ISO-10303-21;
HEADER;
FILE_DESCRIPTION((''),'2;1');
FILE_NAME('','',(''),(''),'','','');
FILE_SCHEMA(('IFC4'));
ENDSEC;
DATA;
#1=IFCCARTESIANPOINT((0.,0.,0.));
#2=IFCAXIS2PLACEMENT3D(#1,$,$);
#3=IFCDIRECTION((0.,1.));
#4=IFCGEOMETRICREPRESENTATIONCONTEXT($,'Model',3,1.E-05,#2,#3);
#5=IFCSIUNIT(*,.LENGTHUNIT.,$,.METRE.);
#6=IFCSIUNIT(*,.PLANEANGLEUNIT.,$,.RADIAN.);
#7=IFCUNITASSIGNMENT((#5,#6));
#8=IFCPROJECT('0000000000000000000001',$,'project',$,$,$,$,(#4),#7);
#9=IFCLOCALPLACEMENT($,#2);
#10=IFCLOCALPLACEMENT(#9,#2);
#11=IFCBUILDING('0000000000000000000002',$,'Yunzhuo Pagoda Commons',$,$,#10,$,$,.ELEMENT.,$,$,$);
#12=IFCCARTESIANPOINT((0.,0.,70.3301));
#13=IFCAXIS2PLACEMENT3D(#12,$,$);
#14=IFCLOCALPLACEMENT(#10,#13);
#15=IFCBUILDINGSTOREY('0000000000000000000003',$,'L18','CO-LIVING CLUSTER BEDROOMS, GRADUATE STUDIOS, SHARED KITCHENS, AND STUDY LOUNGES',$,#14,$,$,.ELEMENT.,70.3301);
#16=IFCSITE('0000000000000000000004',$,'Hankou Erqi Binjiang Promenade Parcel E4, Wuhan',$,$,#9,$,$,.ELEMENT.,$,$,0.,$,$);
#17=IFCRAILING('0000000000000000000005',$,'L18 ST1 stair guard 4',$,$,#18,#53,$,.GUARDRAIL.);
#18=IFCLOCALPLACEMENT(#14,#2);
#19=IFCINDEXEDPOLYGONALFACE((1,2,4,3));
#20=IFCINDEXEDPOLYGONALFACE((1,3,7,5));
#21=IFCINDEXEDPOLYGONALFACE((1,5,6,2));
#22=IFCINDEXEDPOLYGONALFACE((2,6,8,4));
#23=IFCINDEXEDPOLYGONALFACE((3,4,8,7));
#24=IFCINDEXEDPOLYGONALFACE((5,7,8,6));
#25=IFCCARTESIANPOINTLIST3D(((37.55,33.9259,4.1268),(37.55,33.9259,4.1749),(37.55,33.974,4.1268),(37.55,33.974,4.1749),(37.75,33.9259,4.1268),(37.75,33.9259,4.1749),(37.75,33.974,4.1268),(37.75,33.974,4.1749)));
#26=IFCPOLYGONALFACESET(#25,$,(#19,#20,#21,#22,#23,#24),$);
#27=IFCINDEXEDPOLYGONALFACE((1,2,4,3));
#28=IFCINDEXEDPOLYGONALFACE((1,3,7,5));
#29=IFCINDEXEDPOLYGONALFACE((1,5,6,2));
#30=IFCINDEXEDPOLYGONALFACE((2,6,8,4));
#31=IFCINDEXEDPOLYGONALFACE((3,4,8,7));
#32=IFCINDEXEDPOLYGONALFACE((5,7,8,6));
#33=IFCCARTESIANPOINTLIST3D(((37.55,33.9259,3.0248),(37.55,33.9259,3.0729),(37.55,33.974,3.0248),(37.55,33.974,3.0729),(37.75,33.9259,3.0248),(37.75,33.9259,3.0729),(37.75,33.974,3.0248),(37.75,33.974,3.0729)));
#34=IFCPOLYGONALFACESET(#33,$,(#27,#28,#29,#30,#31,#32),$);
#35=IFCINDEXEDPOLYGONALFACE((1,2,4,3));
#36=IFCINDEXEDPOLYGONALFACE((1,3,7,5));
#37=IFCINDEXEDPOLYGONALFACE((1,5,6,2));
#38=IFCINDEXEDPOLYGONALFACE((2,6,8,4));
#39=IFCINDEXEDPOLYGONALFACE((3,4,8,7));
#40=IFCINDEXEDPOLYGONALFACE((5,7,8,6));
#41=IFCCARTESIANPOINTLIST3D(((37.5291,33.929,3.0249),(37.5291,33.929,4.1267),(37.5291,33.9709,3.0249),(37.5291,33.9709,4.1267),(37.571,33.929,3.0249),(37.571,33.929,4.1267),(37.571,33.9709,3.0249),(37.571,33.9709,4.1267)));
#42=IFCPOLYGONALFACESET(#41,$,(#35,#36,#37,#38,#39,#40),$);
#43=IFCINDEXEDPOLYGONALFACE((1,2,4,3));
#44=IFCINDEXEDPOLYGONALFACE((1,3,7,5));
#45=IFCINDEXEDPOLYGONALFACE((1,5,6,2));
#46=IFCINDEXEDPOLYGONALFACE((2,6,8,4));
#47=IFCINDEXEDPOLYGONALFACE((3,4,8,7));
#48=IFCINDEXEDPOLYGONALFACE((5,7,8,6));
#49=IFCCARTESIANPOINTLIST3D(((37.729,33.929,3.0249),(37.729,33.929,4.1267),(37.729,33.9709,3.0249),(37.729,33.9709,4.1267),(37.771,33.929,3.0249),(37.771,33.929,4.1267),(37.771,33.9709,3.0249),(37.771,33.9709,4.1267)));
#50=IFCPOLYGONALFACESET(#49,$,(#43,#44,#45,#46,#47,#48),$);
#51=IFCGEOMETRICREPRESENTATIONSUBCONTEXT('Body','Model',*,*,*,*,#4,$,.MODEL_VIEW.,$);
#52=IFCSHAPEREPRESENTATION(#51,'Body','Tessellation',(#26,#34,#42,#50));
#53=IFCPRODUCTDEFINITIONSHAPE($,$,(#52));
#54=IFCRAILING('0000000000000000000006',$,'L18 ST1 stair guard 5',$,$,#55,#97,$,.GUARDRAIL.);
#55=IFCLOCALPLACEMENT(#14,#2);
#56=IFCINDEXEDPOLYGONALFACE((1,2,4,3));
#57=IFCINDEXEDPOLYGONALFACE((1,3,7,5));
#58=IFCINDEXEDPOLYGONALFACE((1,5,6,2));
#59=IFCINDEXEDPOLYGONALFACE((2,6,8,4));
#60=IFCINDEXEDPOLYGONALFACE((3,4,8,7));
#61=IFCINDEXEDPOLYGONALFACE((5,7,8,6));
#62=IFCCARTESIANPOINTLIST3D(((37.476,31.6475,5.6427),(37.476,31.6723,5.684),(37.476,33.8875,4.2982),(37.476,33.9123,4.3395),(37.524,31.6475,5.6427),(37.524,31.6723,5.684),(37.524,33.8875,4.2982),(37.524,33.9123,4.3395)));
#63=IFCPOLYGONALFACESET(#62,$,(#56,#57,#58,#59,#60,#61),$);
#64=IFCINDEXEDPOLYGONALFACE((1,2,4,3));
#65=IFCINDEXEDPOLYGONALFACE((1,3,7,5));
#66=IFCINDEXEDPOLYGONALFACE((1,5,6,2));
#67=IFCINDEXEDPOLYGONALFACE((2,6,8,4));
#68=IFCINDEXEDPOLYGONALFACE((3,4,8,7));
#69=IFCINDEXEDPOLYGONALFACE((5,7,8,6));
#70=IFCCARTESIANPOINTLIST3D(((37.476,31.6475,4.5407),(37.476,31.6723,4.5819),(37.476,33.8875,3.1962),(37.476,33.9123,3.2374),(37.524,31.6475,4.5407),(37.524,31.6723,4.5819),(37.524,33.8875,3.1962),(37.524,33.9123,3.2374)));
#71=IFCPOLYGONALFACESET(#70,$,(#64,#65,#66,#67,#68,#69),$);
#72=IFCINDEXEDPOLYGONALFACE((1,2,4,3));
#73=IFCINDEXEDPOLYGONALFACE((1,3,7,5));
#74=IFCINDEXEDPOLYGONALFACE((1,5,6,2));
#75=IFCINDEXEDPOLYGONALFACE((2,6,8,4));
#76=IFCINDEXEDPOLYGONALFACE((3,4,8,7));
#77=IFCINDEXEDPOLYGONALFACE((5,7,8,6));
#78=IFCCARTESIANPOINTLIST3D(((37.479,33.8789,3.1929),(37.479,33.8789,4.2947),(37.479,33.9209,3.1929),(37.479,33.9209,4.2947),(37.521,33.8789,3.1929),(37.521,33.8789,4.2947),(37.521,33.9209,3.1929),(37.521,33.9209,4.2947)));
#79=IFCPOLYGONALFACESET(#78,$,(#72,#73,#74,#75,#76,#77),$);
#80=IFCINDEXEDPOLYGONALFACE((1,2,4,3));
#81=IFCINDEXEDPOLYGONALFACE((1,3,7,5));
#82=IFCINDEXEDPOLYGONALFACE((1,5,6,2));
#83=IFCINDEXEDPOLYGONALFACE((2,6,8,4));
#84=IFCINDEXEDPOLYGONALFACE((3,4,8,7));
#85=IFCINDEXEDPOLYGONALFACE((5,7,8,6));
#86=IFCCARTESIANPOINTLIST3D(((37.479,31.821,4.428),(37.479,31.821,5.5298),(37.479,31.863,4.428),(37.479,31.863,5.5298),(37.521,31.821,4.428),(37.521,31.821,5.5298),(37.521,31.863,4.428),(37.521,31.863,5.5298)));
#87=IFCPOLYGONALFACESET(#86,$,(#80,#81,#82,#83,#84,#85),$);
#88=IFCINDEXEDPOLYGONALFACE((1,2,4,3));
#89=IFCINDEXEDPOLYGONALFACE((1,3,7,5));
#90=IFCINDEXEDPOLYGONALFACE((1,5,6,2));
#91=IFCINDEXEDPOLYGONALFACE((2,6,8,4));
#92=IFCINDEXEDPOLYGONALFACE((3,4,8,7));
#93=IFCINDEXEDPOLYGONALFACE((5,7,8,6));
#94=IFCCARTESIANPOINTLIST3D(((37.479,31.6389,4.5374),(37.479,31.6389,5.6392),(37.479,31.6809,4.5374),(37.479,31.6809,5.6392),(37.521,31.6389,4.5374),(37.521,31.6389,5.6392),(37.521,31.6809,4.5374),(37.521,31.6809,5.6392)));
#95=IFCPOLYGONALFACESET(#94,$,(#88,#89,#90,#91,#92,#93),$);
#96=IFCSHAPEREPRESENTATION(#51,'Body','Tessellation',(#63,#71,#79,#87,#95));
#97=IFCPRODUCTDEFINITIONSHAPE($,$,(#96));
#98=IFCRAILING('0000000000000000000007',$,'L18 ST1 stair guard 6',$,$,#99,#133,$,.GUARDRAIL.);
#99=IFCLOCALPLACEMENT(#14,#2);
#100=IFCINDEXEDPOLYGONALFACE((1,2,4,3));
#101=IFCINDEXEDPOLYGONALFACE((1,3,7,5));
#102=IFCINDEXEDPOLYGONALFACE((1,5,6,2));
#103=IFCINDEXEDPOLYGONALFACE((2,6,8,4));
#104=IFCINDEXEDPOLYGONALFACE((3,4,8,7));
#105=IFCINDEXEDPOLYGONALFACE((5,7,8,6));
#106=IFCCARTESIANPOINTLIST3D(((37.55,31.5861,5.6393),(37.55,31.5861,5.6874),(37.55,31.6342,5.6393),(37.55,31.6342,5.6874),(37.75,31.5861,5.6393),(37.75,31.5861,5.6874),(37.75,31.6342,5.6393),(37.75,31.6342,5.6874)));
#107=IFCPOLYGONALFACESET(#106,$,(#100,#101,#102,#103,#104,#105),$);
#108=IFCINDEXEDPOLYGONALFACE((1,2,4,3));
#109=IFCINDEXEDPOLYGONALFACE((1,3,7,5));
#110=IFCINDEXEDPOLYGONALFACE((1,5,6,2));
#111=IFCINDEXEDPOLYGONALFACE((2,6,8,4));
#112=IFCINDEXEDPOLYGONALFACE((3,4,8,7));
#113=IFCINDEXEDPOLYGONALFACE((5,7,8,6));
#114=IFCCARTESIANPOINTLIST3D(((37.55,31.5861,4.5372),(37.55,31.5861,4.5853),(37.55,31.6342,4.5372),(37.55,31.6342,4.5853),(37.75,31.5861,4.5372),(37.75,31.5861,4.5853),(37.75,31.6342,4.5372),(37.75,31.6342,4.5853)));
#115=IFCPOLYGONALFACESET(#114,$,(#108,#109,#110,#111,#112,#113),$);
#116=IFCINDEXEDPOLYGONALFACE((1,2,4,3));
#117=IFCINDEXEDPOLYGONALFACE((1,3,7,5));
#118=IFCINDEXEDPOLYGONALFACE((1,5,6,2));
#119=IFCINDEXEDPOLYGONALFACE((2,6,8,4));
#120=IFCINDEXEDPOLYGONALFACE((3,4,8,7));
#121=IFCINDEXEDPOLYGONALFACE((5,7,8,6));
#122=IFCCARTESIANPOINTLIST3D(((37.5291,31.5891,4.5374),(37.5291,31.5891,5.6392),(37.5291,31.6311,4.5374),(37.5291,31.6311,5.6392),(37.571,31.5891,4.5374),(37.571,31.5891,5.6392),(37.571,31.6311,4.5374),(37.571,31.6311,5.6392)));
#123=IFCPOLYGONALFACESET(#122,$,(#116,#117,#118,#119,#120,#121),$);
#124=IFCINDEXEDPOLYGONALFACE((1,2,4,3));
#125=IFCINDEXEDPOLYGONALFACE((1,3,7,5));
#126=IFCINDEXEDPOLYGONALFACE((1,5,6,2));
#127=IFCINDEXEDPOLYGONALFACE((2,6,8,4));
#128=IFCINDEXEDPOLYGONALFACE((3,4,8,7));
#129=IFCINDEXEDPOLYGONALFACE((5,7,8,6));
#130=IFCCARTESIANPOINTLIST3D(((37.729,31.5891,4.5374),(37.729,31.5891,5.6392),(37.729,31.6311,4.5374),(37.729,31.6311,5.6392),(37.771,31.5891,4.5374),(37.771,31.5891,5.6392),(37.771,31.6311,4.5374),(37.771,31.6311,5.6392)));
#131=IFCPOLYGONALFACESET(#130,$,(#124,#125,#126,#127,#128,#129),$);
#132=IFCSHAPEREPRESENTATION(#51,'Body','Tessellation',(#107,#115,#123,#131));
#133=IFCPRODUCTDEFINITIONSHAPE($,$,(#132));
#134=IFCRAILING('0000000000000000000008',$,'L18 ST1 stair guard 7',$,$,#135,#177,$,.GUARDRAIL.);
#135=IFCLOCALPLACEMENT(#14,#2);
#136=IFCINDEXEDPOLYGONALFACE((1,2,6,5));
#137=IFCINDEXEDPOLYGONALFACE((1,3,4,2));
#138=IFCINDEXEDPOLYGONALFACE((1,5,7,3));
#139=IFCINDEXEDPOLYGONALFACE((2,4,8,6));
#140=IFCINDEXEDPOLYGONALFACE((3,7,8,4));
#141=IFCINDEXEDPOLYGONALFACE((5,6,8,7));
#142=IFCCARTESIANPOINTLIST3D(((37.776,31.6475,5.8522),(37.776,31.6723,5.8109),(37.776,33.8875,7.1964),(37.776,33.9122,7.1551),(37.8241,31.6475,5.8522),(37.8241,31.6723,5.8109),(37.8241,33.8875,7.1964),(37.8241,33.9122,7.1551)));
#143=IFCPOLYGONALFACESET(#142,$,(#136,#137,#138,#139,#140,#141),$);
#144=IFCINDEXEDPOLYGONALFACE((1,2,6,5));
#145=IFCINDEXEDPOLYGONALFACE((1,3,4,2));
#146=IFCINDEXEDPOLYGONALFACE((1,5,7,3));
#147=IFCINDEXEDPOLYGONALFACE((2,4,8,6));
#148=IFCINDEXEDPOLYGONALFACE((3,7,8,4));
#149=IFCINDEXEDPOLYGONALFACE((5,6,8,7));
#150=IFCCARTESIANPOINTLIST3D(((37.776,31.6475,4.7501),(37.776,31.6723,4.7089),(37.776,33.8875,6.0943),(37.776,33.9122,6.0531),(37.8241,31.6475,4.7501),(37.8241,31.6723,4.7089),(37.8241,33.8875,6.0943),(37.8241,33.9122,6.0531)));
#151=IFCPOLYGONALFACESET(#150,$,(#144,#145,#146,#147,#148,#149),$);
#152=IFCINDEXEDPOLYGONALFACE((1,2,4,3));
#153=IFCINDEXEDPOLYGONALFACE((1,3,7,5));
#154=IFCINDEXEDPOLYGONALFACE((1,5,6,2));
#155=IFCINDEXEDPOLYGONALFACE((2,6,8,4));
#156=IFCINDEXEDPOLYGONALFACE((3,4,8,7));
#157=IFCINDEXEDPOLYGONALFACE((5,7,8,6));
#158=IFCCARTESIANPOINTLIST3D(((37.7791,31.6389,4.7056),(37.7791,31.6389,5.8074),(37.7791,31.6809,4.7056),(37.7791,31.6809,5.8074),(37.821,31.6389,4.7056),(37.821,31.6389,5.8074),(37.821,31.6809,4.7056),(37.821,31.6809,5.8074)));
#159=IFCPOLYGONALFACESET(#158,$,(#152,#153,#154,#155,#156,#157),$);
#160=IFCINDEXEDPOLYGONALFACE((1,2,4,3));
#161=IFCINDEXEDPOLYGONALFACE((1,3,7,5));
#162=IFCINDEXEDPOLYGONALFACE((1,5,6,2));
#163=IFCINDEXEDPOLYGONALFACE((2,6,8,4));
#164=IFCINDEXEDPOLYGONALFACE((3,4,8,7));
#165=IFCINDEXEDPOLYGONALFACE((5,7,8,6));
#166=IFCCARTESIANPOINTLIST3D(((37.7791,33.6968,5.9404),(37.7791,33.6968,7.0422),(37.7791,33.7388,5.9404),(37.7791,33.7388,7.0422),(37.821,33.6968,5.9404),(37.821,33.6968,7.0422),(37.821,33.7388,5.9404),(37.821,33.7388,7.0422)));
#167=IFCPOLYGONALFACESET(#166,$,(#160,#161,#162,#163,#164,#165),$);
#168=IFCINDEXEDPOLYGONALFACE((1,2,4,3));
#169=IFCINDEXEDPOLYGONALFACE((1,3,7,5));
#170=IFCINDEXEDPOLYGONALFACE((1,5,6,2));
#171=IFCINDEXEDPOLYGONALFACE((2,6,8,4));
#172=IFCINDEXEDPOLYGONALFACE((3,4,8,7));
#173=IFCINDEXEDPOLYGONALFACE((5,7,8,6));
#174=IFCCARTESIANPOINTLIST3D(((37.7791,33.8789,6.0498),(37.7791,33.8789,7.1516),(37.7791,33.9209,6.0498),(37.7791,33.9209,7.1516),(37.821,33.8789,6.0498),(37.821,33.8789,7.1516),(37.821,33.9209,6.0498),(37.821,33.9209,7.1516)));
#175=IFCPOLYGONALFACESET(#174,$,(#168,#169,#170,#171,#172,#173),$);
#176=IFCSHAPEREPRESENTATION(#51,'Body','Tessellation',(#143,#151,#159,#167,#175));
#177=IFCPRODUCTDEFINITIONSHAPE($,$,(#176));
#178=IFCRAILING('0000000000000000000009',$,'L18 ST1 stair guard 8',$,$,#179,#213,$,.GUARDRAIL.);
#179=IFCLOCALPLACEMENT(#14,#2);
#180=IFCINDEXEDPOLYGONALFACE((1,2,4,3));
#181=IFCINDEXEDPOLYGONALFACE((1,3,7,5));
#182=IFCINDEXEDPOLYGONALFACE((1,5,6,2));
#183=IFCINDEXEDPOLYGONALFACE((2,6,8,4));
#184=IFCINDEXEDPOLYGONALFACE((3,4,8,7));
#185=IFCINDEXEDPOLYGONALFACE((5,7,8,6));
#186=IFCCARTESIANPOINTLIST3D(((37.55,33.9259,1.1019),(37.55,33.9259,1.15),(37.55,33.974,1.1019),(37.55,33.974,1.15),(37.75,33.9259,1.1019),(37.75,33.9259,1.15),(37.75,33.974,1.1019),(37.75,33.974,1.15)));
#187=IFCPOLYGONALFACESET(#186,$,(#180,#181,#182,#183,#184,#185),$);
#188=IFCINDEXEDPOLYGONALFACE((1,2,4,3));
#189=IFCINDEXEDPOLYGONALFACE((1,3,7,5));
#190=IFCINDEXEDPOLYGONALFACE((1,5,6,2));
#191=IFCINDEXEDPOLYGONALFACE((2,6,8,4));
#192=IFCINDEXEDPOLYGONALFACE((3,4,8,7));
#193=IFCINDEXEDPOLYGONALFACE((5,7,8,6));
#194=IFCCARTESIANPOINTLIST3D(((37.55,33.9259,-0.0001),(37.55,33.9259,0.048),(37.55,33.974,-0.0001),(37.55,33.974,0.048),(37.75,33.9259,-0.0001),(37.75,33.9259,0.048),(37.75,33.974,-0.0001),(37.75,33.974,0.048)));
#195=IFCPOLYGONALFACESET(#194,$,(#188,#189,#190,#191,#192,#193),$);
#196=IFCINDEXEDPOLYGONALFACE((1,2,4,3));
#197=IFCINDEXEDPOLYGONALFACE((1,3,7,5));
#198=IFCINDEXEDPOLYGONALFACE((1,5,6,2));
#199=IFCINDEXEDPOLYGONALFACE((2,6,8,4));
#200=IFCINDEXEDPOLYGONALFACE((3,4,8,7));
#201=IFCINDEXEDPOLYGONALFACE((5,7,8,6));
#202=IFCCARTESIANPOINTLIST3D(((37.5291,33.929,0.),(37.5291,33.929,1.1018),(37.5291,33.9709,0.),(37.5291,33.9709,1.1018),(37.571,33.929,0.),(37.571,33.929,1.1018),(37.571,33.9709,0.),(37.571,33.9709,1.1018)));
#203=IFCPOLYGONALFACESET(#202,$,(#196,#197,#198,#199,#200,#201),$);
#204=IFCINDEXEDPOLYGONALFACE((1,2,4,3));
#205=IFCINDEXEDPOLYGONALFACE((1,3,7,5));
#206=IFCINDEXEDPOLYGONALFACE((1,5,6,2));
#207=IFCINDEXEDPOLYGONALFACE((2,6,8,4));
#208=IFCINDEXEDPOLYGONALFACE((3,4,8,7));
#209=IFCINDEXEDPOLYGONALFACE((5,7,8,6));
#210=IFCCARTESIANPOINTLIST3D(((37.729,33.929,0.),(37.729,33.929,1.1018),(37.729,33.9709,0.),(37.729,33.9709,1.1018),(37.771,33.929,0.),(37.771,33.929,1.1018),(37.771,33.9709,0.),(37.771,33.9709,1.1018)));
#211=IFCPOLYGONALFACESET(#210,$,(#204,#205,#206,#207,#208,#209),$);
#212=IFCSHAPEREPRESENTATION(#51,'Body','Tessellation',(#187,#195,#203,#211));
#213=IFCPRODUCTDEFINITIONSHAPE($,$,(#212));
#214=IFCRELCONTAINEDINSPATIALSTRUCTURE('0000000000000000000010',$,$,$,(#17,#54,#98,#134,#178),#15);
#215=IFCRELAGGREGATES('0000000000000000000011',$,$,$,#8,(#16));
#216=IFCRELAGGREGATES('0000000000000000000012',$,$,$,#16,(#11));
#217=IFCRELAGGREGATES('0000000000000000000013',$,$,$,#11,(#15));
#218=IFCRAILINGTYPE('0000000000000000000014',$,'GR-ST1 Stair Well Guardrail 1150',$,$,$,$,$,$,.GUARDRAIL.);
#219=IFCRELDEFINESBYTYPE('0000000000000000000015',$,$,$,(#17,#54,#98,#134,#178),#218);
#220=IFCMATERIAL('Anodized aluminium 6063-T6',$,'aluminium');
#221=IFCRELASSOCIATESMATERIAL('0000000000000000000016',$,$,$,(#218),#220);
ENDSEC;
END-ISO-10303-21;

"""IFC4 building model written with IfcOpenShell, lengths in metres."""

from ifc_helpers import new_model, si_unit, direction, frame, origin, origin_2d, place, context, subcontext, project, spatial, rectangle, extrude, material, type_object, element, save


model = new_model("IFC4")

# Units and contexts
model_context = context("Model", 3, precision=1e-05, world=origin(), true_north=direction((0.0, 1.0)))
body_context = subcontext(model_context, "Body", "Model", "MODEL_VIEW")
ifc_project = project(units=[si_unit("LENGTHUNIT", "METRE"), si_unit("PLANEANGLEUNIT", "RADIAN")], contexts=[model_context])

# Site, building, storey
site_placement = place(None, origin())
site = spatial("IfcSite", under=ifc_project, at=site_placement, Name="Hankou Erqi Binjiang Promenade Parcel E4, Wuhan", CompositionType="ELEMENT", RefElevation=0.0)
building_placement = place(site_placement, origin())
building = spatial("IfcBuilding", under=site, at=building_placement, Name="Yunzhuo Pagoda Commons", CompositionType="ELEMENT")
storey_placement = place(building_placement, frame((0.0, 0.0, 70.3301)))
storey = spatial("IfcBuildingStorey", under=building, at=storey_placement, Name="L18", Description="CO-LIVING CLUSTER BEDROOMS, GRADUATE STUDIOS, SHARED KITCHENS, AND STUDY LOUNGES", CompositionType="ELEMENT", Elevation=70.3301)

# Railings
ifc_material_1 = material(Name="Anodized aluminium 6063-T6", Category="aluminium")
railing_type_1 = type_object("IfcRailingType", Name="GR-ST1 Stair Well Guardrail 1150", PredefinedType="GUARDRAIL", material=ifc_material_1)
railing_1_placement = place(storey_placement, frame((37.55, 33.95, 3.0249)))
element("IfcRailing", 1, at=railing_1_placement, inside=storey, type_object=railing_type_1, Name="L18 ST1 stair guard 4", PredefinedType="GUARDRAIL", context=body_context, shape_type="SweptSolid", body=[
    extrude(rectangle(XDim=0.0481, YDim=0.0481, at=origin_2d()), frame((0.0, 0.0, 1.126), z_axis=(1.0, 0.0, 0.0), x_axis=(0.0, 1.0, 0.0)), (0.0, 0.0, 1.0), 0.2),
    extrude(rectangle(XDim=0.0481, YDim=0.0481, at=origin_2d()), frame((0.0, 0.0, 0.0239), z_axis=(1.0, 0.0, 0.0), x_axis=(0.0, 1.0, 0.0)), (0.0, 0.0, 1.0), 0.2),
    extrude(rectangle(XDim=0.042, YDim=0.042, at=origin_2d()), origin(), (0.0, 0.0, 1.0), 1.1018),
    extrude(rectangle(XDim=0.042, YDim=0.042, at=origin_2d()), frame((0.2, 0.0, 0.0)), (0.0, 0.0, 1.0), 1.1018),
])
railing_2_placement = place(storey_placement, frame((37.5, 33.8999, 3.1929)))
element("IfcRailing", 2, at=railing_2_placement, inside=storey, type_object=railing_type_1, Name="L18 ST1 stair guard 5", PredefinedType="GUARDRAIL", context=body_context, shape_type="SweptSolid", body=[
    extrude(rectangle(XDim=0.0481, YDim=0.0481, at=origin_2d()), frame((0.0, 0.0, 1.126), z_axis=(0.0, -0.85741, 0.514633), x_axis=(1.0, 0.0, 0.0)), (0.0, 0.0, 1.0), 2.6125),
    extrude(rectangle(XDim=0.0481, YDim=0.0481, at=origin_2d()), frame((0.0, 0.0, 0.0239), z_axis=(0.0, -0.85741, 0.514633), x_axis=(1.0, 0.0, 0.0)), (0.0, 0.0, 1.0), 2.6125),
    extrude(rectangle(XDim=0.042, YDim=0.042, at=origin_2d()), origin(), (0.0, 0.0, 1.0), 1.1018),
    extrude(rectangle(XDim=0.042, YDim=0.042, at=origin_2d()), frame((0.0, -2.0579, 1.2351)), (0.0, 0.0, 1.0), 1.1018),
    extrude(rectangle(XDim=0.042, YDim=0.042, at=origin_2d()), frame((0.0, -2.24, 1.3445)), (0.0, 0.0, 1.0), 1.1018),
])
railing_3_placement = place(storey_placement, frame((37.55, 31.6101, 4.5374)))
element("IfcRailing", 3, at=railing_3_placement, inside=storey, type_object=railing_type_1, Name="L18 ST1 stair guard 6", PredefinedType="GUARDRAIL", context=body_context, shape_type="SweptSolid", body=[
    extrude(rectangle(XDim=0.0481, YDim=0.0481, at=origin_2d()), frame((0.0, 0.0, 1.126), z_axis=(1.0, 0.0, 0.0), x_axis=(0.0, 1.0, 0.0)), (0.0, 0.0, 1.0), 0.2),
    extrude(rectangle(XDim=0.0481, YDim=0.0481, at=origin_2d()), frame((0.0, 0.0, 0.0239), z_axis=(1.0, 0.0, 0.0), x_axis=(0.0, 1.0, 0.0)), (0.0, 0.0, 1.0), 0.2),
    extrude(rectangle(XDim=0.042, YDim=0.042, at=origin_2d()), origin(), (0.0, 0.0, 1.0), 1.1018),
    extrude(rectangle(XDim=0.042, YDim=0.042, at=origin_2d()), frame((0.2, 0.0, 0.0)), (0.0, 0.0, 1.0), 1.1018),
])
railing_4_placement = place(storey_placement, frame((37.8, 31.6599, 4.7056)))
element("IfcRailing", 4, at=railing_4_placement, inside=storey, type_object=railing_type_1, Name="L18 ST1 stair guard 7", PredefinedType="GUARDRAIL", context=body_context, shape_type="SweptSolid", body=[
    extrude(rectangle(XDim=0.0481, YDim=0.0481, at=origin_2d()), frame((0.0, 0.0, 1.126), z_axis=(0.0, 0.857452, 0.514564), x_axis=(-1.0, 0.0, 0.0)), (0.0, 0.0, 1.0), 2.6123),
    extrude(rectangle(XDim=0.0481, YDim=0.0481, at=origin_2d()), frame((0.0, 0.0, 0.0239), z_axis=(0.0, 0.857452, 0.514564), x_axis=(-1.0, 0.0, 0.0)), (0.0, 0.0, 1.0), 2.6123),
    extrude(rectangle(XDim=0.042, YDim=0.042, at=origin_2d()), origin(), (0.0, 0.0, 1.0), 1.1018),
    extrude(rectangle(XDim=0.042, YDim=0.042, at=origin_2d()), frame((0.0, 2.0579, 1.2349)), (0.0, 0.0, 1.0), 1.1018),
    extrude(rectangle(XDim=0.042, YDim=0.042, at=origin_2d()), frame((0.0, 2.24, 1.3442)), (0.0, 0.0, 1.0), 1.1018),
])
railing_5_placement = place(storey_placement, frame((37.55, 33.95, 0.0)))
element("IfcRailing", 5, at=railing_5_placement, inside=storey, type_object=railing_type_1, Name="L18 ST1 stair guard 8", PredefinedType="GUARDRAIL", context=body_context, shape_type="SweptSolid", body=[
    extrude(rectangle(XDim=0.0481, YDim=0.0481, at=origin_2d()), frame((0.0, 0.0, 1.126), z_axis=(1.0, 0.0, 0.0), x_axis=(0.0, 1.0, 0.0)), (0.0, 0.0, 1.0), 0.2),
    extrude(rectangle(XDim=0.0481, YDim=0.0481, at=origin_2d()), frame((0.0, 0.0, 0.0239), z_axis=(1.0, 0.0, 0.0), x_axis=(0.0, 1.0, 0.0)), (0.0, 0.0, 1.0), 0.2),
    extrude(rectangle(XDim=0.042, YDim=0.042, at=origin_2d()), origin(), (0.0, 0.0, 1.0), 1.1018),
    extrude(rectangle(XDim=0.042, YDim=0.042, at=origin_2d()), frame((0.2, 0.0, 0.0)), (0.0, 0.0, 1.0), 1.1018),
])

save(model, "model.ifc")
